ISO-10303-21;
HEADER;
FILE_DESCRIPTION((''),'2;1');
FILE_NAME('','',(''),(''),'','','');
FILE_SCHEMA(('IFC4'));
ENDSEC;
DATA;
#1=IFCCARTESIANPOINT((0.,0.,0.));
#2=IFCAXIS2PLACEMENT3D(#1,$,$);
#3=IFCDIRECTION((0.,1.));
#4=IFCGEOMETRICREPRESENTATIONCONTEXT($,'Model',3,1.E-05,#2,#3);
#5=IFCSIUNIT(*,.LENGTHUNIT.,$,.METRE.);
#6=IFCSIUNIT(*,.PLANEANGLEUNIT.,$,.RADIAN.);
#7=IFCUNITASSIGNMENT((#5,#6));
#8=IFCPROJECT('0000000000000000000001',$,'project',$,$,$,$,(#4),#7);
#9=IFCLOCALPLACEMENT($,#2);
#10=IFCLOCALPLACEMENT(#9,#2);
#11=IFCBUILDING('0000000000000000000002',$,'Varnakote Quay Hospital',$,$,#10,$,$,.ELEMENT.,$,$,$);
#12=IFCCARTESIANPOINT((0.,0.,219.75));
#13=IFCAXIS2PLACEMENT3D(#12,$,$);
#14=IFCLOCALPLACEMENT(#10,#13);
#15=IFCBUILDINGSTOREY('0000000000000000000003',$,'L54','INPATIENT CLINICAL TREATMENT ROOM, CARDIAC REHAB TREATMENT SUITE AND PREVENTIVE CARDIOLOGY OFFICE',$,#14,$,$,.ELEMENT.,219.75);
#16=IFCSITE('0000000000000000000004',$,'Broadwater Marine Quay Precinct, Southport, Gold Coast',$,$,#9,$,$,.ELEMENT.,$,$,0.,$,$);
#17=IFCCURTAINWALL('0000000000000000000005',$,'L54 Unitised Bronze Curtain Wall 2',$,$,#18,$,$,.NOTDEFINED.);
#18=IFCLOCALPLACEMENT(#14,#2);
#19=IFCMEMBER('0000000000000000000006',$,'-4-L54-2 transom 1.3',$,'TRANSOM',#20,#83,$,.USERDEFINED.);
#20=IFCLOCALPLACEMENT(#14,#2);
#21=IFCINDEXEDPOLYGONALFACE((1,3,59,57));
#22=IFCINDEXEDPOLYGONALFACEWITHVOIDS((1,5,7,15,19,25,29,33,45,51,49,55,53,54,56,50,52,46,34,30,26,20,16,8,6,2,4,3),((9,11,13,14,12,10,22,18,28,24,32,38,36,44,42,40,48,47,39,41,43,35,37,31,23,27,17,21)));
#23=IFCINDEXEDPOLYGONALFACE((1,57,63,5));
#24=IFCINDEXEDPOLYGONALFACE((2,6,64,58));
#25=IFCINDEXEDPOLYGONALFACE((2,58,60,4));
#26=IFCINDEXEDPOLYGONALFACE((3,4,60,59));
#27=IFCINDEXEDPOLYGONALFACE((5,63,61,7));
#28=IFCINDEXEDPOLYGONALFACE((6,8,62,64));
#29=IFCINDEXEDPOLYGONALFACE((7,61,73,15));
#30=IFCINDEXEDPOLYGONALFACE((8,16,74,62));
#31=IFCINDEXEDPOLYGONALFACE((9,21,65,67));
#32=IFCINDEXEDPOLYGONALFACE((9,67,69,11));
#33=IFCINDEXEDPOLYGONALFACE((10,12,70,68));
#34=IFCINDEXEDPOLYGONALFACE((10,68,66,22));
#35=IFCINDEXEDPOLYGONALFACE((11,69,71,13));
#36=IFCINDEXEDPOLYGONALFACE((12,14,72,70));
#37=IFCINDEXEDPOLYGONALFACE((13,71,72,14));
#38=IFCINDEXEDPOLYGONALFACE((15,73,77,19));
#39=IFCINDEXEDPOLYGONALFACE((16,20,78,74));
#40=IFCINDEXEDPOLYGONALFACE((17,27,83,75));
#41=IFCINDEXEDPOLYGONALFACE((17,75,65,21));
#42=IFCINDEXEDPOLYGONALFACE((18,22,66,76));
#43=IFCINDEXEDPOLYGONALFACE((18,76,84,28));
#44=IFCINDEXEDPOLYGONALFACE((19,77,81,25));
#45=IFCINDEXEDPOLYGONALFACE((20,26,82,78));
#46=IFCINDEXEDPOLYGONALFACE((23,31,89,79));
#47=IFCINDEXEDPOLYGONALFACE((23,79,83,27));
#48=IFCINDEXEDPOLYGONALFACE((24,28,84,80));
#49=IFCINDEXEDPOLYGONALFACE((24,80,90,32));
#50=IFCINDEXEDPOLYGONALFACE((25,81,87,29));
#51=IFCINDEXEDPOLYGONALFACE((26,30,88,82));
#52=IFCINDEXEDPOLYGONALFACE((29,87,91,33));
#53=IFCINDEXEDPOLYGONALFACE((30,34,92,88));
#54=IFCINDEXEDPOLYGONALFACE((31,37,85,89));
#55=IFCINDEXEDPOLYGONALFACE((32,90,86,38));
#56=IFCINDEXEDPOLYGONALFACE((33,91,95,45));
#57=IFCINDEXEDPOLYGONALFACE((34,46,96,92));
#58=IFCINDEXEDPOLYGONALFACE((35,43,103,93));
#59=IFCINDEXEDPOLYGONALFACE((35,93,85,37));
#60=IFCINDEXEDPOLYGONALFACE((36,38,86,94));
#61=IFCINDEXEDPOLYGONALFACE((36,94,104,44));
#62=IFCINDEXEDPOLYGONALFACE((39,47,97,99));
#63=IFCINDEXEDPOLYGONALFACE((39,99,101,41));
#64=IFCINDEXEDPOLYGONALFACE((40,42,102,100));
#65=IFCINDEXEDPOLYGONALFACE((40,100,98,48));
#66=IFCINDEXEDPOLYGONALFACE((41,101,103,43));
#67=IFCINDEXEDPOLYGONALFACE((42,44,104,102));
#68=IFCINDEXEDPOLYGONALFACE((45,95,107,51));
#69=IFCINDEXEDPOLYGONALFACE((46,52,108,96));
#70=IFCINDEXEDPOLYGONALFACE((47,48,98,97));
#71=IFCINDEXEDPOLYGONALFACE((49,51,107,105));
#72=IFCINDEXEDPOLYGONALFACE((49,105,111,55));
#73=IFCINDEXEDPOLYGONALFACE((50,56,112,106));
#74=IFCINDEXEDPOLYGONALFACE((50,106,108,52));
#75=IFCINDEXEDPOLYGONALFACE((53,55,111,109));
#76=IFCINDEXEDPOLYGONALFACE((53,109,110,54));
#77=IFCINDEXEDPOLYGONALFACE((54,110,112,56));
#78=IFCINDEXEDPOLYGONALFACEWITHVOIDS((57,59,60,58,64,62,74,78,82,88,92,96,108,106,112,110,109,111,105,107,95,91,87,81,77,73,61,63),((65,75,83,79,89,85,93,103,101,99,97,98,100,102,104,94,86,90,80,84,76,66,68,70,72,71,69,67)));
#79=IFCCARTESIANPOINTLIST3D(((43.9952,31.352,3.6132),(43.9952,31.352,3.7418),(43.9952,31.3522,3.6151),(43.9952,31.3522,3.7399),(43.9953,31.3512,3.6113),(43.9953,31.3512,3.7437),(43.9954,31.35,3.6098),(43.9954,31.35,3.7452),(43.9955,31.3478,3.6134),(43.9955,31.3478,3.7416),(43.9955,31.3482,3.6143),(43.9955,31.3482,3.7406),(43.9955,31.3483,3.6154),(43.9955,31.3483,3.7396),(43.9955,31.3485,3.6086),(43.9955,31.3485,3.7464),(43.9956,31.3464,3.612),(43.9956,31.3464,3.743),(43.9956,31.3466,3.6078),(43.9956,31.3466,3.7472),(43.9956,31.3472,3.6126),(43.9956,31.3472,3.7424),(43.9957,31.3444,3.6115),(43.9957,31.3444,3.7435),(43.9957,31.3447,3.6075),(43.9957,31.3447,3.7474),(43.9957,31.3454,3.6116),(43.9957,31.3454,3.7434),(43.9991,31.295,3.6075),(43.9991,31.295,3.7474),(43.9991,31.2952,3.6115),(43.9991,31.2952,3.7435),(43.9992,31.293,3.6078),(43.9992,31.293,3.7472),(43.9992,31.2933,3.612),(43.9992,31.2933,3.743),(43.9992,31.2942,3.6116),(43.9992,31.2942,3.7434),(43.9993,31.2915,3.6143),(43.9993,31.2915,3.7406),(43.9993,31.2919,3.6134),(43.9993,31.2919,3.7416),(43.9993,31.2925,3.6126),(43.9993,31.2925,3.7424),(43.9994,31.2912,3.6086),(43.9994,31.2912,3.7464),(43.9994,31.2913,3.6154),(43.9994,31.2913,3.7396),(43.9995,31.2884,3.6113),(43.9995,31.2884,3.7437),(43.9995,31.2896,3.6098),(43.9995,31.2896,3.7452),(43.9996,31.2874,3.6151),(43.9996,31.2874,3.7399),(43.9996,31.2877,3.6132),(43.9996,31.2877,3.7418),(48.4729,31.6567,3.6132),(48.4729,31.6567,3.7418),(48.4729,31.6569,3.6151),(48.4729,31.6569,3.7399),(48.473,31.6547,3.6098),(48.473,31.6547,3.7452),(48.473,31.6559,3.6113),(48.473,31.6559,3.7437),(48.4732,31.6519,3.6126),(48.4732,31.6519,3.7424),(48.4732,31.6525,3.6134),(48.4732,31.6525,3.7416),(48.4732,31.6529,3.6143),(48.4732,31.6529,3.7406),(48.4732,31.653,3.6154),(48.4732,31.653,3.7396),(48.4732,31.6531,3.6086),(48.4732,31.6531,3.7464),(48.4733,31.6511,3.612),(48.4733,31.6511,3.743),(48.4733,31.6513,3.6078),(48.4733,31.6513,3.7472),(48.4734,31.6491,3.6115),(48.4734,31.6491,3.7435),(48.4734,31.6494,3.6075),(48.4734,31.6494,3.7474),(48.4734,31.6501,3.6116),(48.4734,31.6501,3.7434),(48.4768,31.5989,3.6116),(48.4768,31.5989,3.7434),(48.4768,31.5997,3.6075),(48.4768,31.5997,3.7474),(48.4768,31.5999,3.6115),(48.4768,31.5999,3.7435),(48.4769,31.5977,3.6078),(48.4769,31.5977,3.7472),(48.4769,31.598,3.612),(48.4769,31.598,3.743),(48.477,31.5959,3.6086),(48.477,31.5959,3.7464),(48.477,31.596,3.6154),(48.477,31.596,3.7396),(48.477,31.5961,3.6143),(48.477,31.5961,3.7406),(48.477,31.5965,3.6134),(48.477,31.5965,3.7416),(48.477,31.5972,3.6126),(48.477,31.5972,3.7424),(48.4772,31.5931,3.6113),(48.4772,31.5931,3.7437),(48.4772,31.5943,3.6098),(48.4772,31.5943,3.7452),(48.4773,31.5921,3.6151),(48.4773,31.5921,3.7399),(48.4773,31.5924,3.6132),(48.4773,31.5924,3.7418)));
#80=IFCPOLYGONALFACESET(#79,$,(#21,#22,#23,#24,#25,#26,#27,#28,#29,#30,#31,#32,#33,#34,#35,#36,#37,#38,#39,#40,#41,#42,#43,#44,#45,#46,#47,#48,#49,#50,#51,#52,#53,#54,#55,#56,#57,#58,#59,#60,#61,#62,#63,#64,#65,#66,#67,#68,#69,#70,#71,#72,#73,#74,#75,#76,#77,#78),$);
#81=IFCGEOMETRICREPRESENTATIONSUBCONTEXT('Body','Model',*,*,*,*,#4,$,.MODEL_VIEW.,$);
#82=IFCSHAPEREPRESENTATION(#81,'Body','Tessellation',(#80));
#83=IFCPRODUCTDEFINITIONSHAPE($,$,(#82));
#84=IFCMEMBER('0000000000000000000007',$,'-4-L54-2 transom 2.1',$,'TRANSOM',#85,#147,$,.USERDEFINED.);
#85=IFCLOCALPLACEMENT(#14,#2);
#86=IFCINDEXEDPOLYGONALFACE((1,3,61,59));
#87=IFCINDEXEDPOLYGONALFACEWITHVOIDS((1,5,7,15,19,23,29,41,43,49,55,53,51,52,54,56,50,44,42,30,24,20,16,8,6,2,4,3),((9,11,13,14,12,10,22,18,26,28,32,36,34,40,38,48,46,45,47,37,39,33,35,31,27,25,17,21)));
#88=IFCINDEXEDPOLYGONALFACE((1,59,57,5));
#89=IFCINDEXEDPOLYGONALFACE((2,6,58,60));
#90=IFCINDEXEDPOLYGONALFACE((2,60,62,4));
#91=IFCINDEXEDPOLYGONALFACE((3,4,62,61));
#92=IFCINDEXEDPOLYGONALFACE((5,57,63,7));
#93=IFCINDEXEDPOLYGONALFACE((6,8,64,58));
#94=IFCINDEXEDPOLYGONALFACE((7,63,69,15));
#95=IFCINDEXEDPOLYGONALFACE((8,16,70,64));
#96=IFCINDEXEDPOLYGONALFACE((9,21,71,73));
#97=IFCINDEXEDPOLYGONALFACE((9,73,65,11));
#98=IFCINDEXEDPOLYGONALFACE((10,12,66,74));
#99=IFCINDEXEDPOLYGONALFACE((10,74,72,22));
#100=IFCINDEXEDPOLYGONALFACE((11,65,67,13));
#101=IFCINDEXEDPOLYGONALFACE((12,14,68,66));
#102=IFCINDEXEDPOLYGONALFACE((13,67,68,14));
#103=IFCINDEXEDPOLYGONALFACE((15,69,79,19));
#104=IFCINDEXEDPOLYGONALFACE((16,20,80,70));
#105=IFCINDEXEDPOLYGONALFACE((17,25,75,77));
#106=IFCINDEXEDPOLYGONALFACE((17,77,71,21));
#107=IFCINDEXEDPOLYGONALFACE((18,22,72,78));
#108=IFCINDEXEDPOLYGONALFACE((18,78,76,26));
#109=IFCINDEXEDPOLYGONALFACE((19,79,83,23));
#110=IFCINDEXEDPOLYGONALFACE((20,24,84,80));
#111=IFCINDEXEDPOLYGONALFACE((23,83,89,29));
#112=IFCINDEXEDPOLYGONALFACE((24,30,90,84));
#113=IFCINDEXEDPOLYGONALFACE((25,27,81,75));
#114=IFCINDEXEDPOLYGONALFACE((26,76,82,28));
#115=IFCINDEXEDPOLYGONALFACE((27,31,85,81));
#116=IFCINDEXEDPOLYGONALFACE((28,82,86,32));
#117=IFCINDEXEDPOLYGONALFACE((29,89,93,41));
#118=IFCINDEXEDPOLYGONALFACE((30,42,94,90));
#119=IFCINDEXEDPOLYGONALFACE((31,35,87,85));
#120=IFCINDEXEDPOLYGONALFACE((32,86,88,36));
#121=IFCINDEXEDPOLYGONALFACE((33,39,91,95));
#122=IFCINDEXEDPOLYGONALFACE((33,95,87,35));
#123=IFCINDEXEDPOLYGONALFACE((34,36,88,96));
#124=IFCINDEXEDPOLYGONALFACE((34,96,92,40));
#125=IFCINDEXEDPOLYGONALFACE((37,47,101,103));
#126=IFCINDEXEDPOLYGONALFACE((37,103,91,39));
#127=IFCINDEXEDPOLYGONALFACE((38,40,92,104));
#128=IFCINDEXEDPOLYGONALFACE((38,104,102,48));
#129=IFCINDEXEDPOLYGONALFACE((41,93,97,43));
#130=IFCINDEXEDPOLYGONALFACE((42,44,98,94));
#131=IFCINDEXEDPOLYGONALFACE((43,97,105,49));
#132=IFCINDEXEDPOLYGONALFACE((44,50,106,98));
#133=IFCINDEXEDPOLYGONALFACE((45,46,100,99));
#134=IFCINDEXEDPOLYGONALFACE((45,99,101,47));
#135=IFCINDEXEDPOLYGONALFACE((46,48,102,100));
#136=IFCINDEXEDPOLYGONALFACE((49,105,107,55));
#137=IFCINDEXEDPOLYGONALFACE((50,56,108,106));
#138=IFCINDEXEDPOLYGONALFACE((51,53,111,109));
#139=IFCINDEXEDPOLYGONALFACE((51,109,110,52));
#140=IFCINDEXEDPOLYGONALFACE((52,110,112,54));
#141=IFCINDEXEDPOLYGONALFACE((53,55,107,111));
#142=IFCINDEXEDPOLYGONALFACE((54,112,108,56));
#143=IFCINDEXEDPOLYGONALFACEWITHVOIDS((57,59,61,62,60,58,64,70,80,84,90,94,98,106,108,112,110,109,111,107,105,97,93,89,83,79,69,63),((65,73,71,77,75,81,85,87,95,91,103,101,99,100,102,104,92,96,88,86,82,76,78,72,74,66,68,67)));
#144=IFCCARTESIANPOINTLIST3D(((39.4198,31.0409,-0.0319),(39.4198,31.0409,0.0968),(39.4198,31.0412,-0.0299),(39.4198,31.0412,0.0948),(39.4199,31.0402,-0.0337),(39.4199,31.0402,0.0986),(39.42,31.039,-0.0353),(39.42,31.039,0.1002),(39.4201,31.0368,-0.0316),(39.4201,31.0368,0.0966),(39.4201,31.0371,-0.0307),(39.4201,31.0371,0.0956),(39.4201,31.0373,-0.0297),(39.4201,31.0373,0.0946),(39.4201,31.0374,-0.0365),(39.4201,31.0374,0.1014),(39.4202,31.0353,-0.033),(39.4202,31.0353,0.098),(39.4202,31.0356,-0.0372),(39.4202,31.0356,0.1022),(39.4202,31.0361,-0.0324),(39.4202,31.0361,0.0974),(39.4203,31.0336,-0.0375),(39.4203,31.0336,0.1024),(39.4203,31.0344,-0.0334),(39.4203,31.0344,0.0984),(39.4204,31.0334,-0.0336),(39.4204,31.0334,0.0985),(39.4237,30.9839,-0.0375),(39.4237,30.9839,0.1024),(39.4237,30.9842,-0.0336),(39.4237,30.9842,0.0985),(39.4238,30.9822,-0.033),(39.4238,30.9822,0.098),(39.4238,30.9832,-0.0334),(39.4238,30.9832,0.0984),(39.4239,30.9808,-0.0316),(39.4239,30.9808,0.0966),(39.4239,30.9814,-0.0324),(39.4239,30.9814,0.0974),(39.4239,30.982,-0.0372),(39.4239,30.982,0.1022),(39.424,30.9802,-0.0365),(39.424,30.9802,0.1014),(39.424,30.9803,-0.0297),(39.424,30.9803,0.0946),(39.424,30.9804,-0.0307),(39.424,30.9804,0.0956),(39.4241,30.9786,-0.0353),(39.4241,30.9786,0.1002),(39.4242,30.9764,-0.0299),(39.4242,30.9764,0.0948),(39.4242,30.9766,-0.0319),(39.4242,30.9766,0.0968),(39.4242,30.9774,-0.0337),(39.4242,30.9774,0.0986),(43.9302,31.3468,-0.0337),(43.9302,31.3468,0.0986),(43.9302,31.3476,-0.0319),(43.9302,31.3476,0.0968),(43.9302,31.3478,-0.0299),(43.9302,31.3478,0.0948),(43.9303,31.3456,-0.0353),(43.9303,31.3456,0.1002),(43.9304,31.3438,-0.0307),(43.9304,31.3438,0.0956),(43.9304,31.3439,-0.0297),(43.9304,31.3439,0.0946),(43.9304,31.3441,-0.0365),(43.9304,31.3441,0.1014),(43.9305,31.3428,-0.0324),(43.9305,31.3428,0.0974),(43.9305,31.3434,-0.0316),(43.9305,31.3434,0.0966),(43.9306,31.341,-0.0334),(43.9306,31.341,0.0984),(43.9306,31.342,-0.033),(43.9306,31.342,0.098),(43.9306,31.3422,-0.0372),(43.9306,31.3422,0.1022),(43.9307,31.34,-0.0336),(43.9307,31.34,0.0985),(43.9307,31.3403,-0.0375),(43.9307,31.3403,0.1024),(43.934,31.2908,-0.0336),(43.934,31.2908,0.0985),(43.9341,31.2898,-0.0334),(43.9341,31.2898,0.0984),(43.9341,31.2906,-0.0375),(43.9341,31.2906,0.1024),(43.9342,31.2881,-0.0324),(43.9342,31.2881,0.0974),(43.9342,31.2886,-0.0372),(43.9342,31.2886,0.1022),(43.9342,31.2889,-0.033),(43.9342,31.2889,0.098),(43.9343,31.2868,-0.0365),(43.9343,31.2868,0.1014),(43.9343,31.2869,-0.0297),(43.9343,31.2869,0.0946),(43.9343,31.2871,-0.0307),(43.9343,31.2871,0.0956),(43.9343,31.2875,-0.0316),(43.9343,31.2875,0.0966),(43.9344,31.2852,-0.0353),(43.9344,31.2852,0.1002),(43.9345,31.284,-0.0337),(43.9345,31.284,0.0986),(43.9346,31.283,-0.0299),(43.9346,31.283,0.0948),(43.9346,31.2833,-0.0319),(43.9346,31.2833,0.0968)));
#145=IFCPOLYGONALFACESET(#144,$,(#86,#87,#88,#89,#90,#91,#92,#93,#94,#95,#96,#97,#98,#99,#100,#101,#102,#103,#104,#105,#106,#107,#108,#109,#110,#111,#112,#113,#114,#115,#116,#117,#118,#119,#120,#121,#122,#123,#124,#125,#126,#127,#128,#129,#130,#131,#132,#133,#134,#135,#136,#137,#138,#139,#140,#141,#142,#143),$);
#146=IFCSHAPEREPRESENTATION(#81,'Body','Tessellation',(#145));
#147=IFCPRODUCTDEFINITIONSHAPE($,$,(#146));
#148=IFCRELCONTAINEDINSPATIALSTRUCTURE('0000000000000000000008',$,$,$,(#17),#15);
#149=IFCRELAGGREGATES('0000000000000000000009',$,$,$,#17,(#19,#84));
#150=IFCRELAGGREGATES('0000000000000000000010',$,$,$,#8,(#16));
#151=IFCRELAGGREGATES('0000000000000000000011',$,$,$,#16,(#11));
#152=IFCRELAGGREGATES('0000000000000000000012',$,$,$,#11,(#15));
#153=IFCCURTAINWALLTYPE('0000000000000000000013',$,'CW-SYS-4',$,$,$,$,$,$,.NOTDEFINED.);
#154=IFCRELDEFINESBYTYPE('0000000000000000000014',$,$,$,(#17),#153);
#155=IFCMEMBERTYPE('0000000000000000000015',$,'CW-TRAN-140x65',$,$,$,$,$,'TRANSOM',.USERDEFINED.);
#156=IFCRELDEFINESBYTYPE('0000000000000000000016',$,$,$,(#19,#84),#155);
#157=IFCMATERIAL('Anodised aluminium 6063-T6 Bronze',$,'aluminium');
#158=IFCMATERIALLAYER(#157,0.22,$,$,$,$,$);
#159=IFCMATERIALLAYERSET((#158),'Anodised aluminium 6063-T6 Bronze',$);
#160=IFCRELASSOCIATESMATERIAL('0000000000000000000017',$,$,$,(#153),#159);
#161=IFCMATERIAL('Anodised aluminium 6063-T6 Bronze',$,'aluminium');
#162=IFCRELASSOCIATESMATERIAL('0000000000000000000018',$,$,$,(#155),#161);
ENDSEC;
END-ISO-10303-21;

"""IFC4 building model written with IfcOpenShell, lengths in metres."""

from ifc_helpers import new_model, si_unit, direction, frame, origin, origin_2d, place, context, subcontext, project, spatial, hollow_rectangle, extrude, material, layer, layer_set, material_profile, profile_set, type_object, element, aggregate, save


model = new_model("IFC4")

# Units and contexts
model_context = context("Model", 3, precision=1e-05, world=origin(), true_north=direction((0.0, 1.0)))
body_context = subcontext(model_context, "Body", "Model", "MODEL_VIEW")
ifc_project = project(units=[si_unit("LENGTHUNIT", "METRE"), si_unit("PLANEANGLEUNIT", "RADIAN")], contexts=[model_context])

# Site, building, storey
site_placement = place(None, origin())
site = spatial("IfcSite", under=ifc_project, at=site_placement, Name="Broadwater Marine Quay Precinct, Southport, Gold Coast", CompositionType="ELEMENT", RefElevation=0.0)
building_placement = place(site_placement, origin())
building = spatial("IfcBuilding", under=site, at=building_placement, Name="Varnakote Quay Hospital", CompositionType="ELEMENT")
storey_placement = place(building_placement, frame((0.0, 0.0, 219.75)))
storey = spatial("IfcBuildingStorey", under=building, at=storey_placement, Name="L54", Description="INPATIENT CLINICAL TREATMENT ROOM, CARDIAC REHAB TREATMENT SUITE AND PREVENTIVE CARDIOLOGY OFFICE", CompositionType="ELEMENT", Elevation=219.75)

# Curtain wall, members
ifc_material_1 = material(Name="Anodised aluminium 6063-T6 Bronze", Category="aluminium")
ifc_layer_1 = layer(ifc_material_1, 0.22)
ifc_layer_set_1 = layer_set([ifc_layer_1], Name="Anodised aluminium 6063-T6 Bronze")
curtain_wall_type = type_object("IfcCurtainWallType", Name="CW-SYS-4", PredefinedType="NOTDEFINED", material=ifc_layer_set_1)
curtain_wall_placement = place(storey_placement, origin())
curtain_wall = element("IfcCurtainWall", 1, at=curtain_wall_placement, inside=storey, type_object=curtain_wall_type, Name="L54 Unitised Bronze Curtain Wall 2", PredefinedType="NOTDEFINED")
ifc_material_2 = material(Name="Anodised aluminium 6063-T6 Bronze", Category="aluminium")
ifc_material_profile_1 = material_profile(ifc_material_2, hollow_rectangle(XDim=0.0649, YDim=0.1399, WallThickness=0.0039, InnerFilletRadius=0.0039, OuterFilletRadius=0.0076, at=origin_2d()), Name="CW-TRAN-140x65")
ifc_profile_set_1 = profile_set([ifc_material_profile_1], Name="Anodised aluminium 6063-T6 Bronze")
member_type_1 = type_object("IfcMemberType", Name="CW-TRAN-140x65", ElementType="TRANSOM", PredefinedType="USERDEFINED", material=ifc_profile_set_1)
member_1_placement = place(storey_placement, frame((48.4751, 31.6245, 3.6775), z_axis=(-0.997693, -0.067887, 0.0), x_axis=(0.067887, -0.997693, 0.0)))
member_1 = element("IfcMember", 2, at=member_1_placement, type_object=member_type_1, Name="-4-L54-2 transom 1.3", ObjectType="TRANSOM", PredefinedType="USERDEFINED", context=body_context, shape_type="SweptSolid", body=[
    extrude(hollow_rectangle(XDim=0.0649, YDim=0.1399, WallThickness=0.0039, InnerFilletRadius=0.0039, OuterFilletRadius=0.0076, at=origin_2d()), origin(), (0.0, 0.0, 1.0), 4.488),
])
member_2_placement = place(storey_placement, frame((43.9324, 31.3154, 0.0325), z_axis=(-0.997697, -0.067831, 0.0), x_axis=(0.067831, -0.997697, 0.0)))
member_2 = element("IfcMember", 3, at=member_2_placement, type_object=member_type_1, Name="-4-L54-2 transom 2.1", ObjectType="TRANSOM", PredefinedType="USERDEFINED", context=body_context, shape_type="SweptSolid", body=[
    extrude(hollow_rectangle(XDim=0.0649, YDim=0.1399, WallThickness=0.0039, InnerFilletRadius=0.0039, OuterFilletRadius=0.0076, at=origin_2d()), origin(), (0.0, 0.0, 1.0), 4.5208),
])
aggregate(curtain_wall, [member_1, member_2])

save(model, "model.ifc")
